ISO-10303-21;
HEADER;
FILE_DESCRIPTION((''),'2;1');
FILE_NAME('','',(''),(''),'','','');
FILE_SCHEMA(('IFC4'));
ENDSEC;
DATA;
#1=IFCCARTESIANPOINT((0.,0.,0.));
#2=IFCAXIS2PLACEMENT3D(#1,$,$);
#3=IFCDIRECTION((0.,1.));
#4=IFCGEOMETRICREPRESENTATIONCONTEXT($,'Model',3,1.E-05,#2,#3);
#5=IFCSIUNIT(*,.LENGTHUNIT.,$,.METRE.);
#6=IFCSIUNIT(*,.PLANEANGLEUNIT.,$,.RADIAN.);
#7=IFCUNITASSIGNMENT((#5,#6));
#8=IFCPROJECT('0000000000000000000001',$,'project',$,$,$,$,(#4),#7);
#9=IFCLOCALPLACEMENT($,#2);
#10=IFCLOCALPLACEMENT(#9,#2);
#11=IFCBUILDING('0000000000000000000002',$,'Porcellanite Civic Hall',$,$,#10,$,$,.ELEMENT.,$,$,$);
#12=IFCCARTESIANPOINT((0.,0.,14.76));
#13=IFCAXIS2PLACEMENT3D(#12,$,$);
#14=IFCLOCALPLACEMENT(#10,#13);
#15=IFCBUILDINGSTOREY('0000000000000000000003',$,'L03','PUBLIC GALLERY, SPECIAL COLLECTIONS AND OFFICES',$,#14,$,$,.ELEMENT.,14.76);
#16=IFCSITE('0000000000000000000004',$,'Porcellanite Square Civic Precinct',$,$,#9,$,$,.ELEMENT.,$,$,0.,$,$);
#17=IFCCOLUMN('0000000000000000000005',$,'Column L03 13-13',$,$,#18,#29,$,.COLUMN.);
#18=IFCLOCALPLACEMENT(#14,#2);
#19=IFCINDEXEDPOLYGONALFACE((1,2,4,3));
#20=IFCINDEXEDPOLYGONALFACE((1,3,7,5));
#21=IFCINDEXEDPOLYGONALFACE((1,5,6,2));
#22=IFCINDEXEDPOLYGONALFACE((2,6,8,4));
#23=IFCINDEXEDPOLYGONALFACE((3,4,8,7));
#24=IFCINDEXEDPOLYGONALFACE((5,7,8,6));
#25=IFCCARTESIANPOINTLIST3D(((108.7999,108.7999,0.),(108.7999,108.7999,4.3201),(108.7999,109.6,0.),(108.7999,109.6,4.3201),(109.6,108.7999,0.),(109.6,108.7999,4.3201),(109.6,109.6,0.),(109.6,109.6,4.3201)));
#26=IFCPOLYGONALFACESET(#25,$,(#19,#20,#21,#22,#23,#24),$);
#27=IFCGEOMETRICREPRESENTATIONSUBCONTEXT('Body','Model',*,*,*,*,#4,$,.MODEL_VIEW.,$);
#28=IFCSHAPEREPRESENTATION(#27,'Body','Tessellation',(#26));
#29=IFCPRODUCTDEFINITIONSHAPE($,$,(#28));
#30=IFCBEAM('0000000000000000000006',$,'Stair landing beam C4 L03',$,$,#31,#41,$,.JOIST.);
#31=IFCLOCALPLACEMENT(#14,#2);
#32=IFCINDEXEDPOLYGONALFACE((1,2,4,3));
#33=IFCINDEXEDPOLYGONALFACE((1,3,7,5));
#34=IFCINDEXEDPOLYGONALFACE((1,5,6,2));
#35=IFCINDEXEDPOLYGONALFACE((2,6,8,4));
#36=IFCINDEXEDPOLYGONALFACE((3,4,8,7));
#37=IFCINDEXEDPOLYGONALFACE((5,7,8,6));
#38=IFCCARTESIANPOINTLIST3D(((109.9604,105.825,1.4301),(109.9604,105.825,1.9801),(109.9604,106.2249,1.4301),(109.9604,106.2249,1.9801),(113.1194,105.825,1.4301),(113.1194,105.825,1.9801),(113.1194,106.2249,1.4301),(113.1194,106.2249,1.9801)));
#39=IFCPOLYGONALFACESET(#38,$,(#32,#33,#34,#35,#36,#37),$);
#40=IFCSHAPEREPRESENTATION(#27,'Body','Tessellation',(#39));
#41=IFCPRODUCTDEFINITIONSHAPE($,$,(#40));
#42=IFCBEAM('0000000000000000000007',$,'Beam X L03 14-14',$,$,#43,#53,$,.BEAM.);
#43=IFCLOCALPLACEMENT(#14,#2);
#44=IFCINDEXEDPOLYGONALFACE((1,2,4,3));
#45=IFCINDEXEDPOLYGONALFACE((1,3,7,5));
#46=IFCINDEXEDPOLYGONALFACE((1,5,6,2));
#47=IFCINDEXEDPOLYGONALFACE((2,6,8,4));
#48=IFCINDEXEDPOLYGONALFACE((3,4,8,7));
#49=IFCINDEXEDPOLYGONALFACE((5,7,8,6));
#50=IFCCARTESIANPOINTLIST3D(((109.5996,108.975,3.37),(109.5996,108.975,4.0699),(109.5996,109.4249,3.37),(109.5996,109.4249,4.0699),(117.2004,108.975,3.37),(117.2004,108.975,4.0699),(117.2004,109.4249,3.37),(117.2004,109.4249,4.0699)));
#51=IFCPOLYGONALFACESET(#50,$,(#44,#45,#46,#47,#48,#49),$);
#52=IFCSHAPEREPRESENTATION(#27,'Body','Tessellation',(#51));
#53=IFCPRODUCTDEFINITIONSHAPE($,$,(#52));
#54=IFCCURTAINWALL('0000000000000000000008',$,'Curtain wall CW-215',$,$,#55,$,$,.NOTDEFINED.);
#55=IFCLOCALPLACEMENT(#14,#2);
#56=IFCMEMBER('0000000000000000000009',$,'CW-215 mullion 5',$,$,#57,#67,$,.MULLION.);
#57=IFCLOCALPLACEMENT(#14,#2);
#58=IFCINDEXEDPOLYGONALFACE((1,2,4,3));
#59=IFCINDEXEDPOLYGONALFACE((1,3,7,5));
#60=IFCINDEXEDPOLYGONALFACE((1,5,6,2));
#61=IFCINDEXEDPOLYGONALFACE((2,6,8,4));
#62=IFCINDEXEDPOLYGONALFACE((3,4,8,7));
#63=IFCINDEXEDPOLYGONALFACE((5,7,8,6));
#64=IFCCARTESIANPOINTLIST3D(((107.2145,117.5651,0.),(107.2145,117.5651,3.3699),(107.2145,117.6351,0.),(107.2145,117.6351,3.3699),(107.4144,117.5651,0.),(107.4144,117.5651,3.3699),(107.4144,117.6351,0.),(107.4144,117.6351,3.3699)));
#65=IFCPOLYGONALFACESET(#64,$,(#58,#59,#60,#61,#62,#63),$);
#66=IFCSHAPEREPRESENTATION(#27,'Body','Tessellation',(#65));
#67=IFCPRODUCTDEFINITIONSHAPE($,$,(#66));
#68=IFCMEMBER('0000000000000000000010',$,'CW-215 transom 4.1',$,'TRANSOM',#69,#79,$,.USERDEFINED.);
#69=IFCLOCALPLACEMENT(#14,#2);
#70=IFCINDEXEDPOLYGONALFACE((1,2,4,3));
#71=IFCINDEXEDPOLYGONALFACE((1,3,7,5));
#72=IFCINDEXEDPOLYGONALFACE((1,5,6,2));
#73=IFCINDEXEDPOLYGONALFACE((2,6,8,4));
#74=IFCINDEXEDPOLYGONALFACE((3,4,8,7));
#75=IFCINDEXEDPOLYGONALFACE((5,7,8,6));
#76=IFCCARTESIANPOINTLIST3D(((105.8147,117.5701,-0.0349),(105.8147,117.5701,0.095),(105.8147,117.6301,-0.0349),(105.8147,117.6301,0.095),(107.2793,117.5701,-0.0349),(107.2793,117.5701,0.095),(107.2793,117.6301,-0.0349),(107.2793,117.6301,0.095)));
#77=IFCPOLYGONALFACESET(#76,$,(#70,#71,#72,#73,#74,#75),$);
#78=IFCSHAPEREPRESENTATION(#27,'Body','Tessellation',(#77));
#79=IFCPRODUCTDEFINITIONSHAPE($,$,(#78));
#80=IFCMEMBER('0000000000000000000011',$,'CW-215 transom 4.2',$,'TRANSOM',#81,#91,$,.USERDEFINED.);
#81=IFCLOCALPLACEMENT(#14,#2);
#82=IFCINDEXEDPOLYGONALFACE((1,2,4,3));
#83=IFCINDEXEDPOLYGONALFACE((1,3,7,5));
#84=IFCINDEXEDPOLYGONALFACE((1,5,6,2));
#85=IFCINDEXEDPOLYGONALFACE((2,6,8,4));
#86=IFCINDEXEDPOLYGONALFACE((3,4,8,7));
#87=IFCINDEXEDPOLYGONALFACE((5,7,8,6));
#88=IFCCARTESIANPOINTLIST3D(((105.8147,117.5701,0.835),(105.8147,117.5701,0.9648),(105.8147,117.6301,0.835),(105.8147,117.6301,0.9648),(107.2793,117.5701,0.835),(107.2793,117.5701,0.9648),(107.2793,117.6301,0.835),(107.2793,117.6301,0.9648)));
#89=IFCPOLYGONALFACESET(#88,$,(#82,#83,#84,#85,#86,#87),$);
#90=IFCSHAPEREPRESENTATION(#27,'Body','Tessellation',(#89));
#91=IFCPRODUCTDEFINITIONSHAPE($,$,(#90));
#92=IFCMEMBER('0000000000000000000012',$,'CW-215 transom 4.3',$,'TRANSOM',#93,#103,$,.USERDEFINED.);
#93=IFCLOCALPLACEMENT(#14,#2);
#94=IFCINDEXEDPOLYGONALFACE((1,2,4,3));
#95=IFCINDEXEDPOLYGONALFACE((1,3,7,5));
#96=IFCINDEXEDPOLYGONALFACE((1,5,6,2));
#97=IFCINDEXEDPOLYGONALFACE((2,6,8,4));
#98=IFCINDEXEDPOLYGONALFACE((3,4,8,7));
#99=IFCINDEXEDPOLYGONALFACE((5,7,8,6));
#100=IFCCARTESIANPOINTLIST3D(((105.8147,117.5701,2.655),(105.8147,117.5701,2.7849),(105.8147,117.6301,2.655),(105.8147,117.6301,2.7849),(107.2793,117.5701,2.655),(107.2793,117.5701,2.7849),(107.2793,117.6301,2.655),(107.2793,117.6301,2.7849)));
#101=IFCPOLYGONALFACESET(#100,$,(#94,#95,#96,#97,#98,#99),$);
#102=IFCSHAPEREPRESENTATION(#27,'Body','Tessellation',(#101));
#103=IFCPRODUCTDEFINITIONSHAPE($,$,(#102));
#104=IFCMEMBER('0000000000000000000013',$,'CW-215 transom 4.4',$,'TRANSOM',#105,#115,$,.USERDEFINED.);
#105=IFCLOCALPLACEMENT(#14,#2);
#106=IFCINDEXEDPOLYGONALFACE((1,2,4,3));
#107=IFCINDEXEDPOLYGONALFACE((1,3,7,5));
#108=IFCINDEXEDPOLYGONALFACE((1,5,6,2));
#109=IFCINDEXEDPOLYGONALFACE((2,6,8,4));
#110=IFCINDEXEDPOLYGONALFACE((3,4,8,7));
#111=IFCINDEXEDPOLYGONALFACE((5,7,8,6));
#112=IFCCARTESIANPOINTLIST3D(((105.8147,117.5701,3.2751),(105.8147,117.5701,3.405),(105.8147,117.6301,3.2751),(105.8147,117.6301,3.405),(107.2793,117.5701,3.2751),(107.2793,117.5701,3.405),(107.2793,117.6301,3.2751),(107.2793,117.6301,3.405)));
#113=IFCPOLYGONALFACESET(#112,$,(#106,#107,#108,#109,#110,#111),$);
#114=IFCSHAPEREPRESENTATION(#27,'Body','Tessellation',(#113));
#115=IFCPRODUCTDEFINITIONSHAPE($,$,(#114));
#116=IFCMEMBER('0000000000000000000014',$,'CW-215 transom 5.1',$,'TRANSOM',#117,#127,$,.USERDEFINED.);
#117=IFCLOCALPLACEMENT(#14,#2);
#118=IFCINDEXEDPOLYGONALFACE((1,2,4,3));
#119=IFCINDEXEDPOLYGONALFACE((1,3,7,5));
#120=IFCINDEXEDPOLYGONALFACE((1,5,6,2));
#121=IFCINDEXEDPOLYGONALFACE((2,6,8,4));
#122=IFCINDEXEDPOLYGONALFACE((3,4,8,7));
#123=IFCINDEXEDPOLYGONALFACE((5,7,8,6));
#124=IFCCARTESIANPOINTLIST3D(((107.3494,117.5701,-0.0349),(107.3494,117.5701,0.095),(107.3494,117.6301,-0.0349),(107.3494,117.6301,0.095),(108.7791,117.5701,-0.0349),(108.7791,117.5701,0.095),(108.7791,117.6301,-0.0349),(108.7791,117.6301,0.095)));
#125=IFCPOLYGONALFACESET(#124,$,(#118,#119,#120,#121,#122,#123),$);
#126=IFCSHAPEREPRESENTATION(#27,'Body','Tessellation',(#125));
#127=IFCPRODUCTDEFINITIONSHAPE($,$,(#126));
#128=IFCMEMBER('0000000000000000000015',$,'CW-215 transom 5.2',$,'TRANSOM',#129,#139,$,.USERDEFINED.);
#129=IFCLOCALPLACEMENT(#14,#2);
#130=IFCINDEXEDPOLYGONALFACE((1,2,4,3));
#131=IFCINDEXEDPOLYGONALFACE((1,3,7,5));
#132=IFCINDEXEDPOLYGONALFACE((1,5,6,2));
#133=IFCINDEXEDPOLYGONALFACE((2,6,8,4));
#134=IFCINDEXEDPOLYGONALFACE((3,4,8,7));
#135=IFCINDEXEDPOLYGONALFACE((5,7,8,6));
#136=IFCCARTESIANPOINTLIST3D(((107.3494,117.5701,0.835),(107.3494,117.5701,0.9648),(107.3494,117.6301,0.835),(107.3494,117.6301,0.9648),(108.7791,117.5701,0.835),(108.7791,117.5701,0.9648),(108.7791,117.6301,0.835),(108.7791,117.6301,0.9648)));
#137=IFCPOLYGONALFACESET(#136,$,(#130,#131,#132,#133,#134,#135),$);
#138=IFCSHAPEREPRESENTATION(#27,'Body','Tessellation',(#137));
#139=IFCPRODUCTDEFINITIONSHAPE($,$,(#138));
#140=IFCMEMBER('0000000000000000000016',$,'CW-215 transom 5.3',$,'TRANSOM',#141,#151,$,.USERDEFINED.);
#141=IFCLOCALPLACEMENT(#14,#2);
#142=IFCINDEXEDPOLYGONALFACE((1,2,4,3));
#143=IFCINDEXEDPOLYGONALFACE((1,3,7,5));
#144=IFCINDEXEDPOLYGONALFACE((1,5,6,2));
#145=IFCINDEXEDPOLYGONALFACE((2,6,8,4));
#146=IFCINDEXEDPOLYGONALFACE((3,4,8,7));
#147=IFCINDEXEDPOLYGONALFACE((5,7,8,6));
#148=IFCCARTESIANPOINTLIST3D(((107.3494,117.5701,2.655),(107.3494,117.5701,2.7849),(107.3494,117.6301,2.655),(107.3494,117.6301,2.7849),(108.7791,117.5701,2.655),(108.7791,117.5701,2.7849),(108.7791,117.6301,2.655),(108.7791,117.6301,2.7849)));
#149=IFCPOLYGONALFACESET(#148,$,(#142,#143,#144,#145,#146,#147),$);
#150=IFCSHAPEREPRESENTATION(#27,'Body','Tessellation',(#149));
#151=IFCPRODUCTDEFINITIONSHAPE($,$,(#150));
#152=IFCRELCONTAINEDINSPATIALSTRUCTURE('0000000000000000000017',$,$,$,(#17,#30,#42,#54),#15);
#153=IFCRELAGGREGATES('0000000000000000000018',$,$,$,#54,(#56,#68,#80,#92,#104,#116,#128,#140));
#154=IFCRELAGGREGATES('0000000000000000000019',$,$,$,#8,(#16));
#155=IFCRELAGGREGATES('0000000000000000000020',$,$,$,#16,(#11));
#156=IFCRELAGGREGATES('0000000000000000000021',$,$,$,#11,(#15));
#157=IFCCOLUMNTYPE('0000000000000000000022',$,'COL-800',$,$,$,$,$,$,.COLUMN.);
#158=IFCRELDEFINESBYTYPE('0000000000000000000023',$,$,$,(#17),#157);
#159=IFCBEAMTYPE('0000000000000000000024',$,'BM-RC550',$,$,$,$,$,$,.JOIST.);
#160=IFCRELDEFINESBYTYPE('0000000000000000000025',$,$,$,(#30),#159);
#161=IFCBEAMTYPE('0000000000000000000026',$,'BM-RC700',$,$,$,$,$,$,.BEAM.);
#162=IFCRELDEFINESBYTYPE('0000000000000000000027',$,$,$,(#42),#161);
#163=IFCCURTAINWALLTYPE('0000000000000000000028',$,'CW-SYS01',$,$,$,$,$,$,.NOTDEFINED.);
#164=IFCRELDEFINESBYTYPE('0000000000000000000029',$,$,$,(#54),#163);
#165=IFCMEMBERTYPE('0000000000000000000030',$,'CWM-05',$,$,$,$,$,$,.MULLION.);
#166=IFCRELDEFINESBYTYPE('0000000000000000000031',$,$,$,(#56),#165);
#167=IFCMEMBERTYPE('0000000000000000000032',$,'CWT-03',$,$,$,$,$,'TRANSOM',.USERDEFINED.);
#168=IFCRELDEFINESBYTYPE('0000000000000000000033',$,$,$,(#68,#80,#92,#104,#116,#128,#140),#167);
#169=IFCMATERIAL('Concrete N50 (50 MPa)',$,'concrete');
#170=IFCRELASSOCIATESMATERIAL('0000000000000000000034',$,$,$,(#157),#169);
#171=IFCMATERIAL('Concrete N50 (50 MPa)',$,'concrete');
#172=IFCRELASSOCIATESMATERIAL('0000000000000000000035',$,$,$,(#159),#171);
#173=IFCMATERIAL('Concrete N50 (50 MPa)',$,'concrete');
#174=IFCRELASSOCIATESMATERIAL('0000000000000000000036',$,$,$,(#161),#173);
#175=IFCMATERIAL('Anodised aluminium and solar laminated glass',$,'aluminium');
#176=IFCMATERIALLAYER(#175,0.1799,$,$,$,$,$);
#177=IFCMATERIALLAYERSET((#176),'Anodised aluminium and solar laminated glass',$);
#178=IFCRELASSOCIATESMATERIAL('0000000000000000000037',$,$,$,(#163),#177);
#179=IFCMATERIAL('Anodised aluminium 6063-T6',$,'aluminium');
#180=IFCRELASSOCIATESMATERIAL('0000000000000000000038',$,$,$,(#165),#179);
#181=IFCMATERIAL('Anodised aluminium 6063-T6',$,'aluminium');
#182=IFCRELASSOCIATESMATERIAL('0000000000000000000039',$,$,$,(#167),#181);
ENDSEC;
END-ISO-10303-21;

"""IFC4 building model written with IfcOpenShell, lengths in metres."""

from ifc_helpers import new_model, si_unit, direction, frame, origin, origin_2d, place, context, subcontext, project, spatial, rectangle, extrude, material, layer, layer_set, material_profile, profile_set, type_object, element, aggregate, save


model = new_model("IFC4")

# Units and contexts
model_context = context("Model", 3, precision=1e-05, world=origin(), true_north=direction((0.0, 1.0)))
body_context = subcontext(model_context, "Body", "Model", "MODEL_VIEW")
ifc_project = project(units=[si_unit("LENGTHUNIT", "METRE"), si_unit("PLANEANGLEUNIT", "RADIAN")], contexts=[model_context])

# Site, building, storey
site_placement = place(None, origin())
site = spatial("IfcSite", under=ifc_project, at=site_placement, Name="Porcellanite Square Civic Precinct", CompositionType="ELEMENT", RefElevation=0.0)
building_placement = place(site_placement, origin())
building = spatial("IfcBuilding", under=site, at=building_placement, Name="Porcellanite Civic Hall", CompositionType="ELEMENT")
storey_placement = place(building_placement, frame((0.0, 0.0, 14.76)))
storey = spatial("IfcBuildingStorey", under=building, at=storey_placement, Name="L03", Description="PUBLIC GALLERY, SPECIAL COLLECTIONS AND OFFICES", CompositionType="ELEMENT", Elevation=14.76)

# Column
ifc_material_1 = material(Name="Concrete N50 (50 MPa)", Category="concrete")
ifc_material_profile_1 = material_profile(ifc_material_1, rectangle(XDim=0.8, YDim=0.8, at=origin_2d()), Name="RC-800x800")
ifc_profile_set_1 = profile_set([ifc_material_profile_1], Name="Concrete N50 (50 MPa)")
column_type = type_object("IfcColumnType", Name="COL-800", PredefinedType="COLUMN", material=ifc_profile_set_1)
column_placement = place(storey_placement, frame((109.2, 109.2, 0.0), z_axis=(0.0, 0.0, 1.0), x_axis=(1.0, 0.0, 0.0)))
element("IfcColumn", 1, at=column_placement, inside=storey, type_object=column_type, Name="Column L03 13-13", PredefinedType="COLUMN", context=body_context, shape_type="SweptSolid", body=[
    extrude(rectangle(XDim=0.8, YDim=0.8, at=origin_2d()), origin(), (0.0, 0.0, 1.0), 4.3201),
])

# Beams
ifc_material_2 = material(Name="Concrete N50 (50 MPa)", Category="concrete")
ifc_material_profile_2 = material_profile(ifc_material_2, rectangle(XDim=0.3999, YDim=0.55, at=origin_2d()), Name="RC-400x550")
ifc_profile_set_2 = profile_set([ifc_material_profile_2], Name="Concrete N50 (50 MPa)")
beam_type_1 = type_object("IfcBeamType", Name="BM-RC550", PredefinedType="JOIST", material=ifc_profile_set_2)
beam_1_placement = place(storey_placement, frame((109.9604, 106.0249, 1.7051), z_axis=(1.0, 0.0, 0.0), x_axis=(0.0, 1.0, 0.0)))
element("IfcBeam", 2, at=beam_1_placement, inside=storey, type_object=beam_type_1, Name="Stair landing beam C4 L03", PredefinedType="JOIST", context=body_context, shape_type="SweptSolid", body=[
    extrude(rectangle(XDim=0.3999, YDim=0.55, at=origin_2d()), origin(), (0.0, 0.0, 1.0), 3.1589),
])
ifc_material_3 = material(Name="Concrete N50 (50 MPa)", Category="concrete")
ifc_material_profile_3 = material_profile(ifc_material_3, rectangle(XDim=0.45, YDim=0.7, at=origin_2d()), Name="RC-450x700")
ifc_profile_set_3 = profile_set([ifc_material_profile_3], Name="Concrete N50 (50 MPa)")
beam_type_2 = type_object("IfcBeamType", Name="BM-RC700", PredefinedType="BEAM", material=ifc_profile_set_3)
beam_2_placement = place(storey_placement, frame((109.5996, 109.2, 3.72), z_axis=(1.0, 0.0, 0.0), x_axis=(0.0, 1.0, 0.0)))
element("IfcBeam", 3, at=beam_2_placement, inside=storey, type_object=beam_type_2, Name="Beam X L03 14-14", PredefinedType="BEAM", context=body_context, shape_type="SweptSolid", body=[
    extrude(rectangle(XDim=0.45, YDim=0.7, at=origin_2d()), origin(), (0.0, 0.0, 1.0), 7.6008),
])

# Curtain wall, members
ifc_material_4 = material(Name="Anodised aluminium and solar laminated glass", Category="aluminium")
ifc_layer_1 = layer(ifc_material_4, 0.1799)
ifc_layer_set_1 = layer_set([ifc_layer_1], Name="Anodised aluminium and solar laminated glass")
curtain_wall_type = type_object("IfcCurtainWallType", Name="CW-SYS01", PredefinedType="NOTDEFINED", material=ifc_layer_set_1)
curtain_wall_placement = place(storey_placement, origin())
curtain_wall = element("IfcCurtainWall", 4, at=curtain_wall_placement, inside=storey, type_object=curtain_wall_type, Name="Curtain wall CW-215", PredefinedType="NOTDEFINED")
ifc_material_5 = material(Name="Anodised aluminium 6063-T6", Category="aluminium")
ifc_material_profile_4 = material_profile(ifc_material_5, rectangle(XDim=0.0701, YDim=0.2, at=origin_2d()), Name="AL-70x200")
ifc_profile_set_4 = profile_set([ifc_material_profile_4], Name="Anodised aluminium 6063-T6")
member_type_1 = type_object("IfcMemberType", Name="CWM-05", PredefinedType="MULLION", material=ifc_profile_set_4)
member_1_placement = place(storey_placement, frame((107.3145, 117.6001, 0.0), z_axis=(0.0, 0.0, 1.0), x_axis=(0.0, 1.0, 0.0)))
member_1 = element("IfcMember", 5, at=member_1_placement, type_object=member_type_1, Name="CW-215 mullion 5", PredefinedType="MULLION", context=body_context, shape_type="SweptSolid", body=[
    extrude(rectangle(XDim=0.0701, YDim=0.2, at=origin_2d()), origin(), (0.0, 0.0, 1.0), 3.3699),
])
ifc_material_6 = material(Name="Anodised aluminium 6063-T6", Category="aluminium")
ifc_material_profile_5 = material_profile(ifc_material_6, rectangle(XDim=0.0601, YDim=0.1299, at=origin_2d()), Name="AL-60x130")
ifc_profile_set_5 = profile_set([ifc_material_profile_5], Name="Anodised aluminium 6063-T6")
member_type_2 = type_object("IfcMemberType", Name="CWT-03", ElementType="TRANSOM", PredefinedType="USERDEFINED", material=ifc_profile_set_5)
member_2_placement = place(storey_placement, frame((105.8147, 117.6001, 0.03), z_axis=(1.0, 0.0, 0.0), x_axis=(0.0, 1.0, 0.0)))
member_2 = element("IfcMember", 6, at=member_2_placement, type_object=member_type_2, Name="CW-215 transom 4.1", ObjectType="TRANSOM", PredefinedType="USERDEFINED", context=body_context, shape_type="SweptSolid", body=[
    extrude(rectangle(XDim=0.0601, YDim=0.1299, at=origin_2d()), origin(), (0.0, 0.0, 1.0), 1.4646),
])
member_3_placement = place(storey_placement, frame((105.8147, 117.6001, 0.8999), z_axis=(1.0, 0.0, 0.0), x_axis=(0.0, 1.0, 0.0)))
member_3 = element("IfcMember", 7, at=member_3_placement, type_object=member_type_2, Name="CW-215 transom 4.2", ObjectType="TRANSOM", PredefinedType="USERDEFINED", context=body_context, shape_type="SweptSolid", body=[
    extrude(rectangle(XDim=0.0601, YDim=0.1299, at=origin_2d()), origin(), (0.0, 0.0, 1.0), 1.4646),
])
member_4_placement = place(storey_placement, frame((105.8147, 117.6001, 2.72), z_axis=(1.0, 0.0, 0.0), x_axis=(0.0, 1.0, 0.0)))
member_4 = element("IfcMember", 8, at=member_4_placement, type_object=member_type_2, Name="CW-215 transom 4.3", ObjectType="TRANSOM", PredefinedType="USERDEFINED", context=body_context, shape_type="SweptSolid", body=[
    extrude(rectangle(XDim=0.0601, YDim=0.1299, at=origin_2d()), origin(), (0.0, 0.0, 1.0), 1.4646),
])
member_5_placement = place(storey_placement, frame((105.8147, 117.6001, 3.3401), z_axis=(1.0, 0.0, 0.0), x_axis=(0.0, 1.0, 0.0)))
member_5 = element("IfcMember", 9, at=member_5_placement, type_object=member_type_2, Name="CW-215 transom 4.4", ObjectType="TRANSOM", PredefinedType="USERDEFINED", context=body_context, shape_type="SweptSolid", body=[
    extrude(rectangle(XDim=0.0601, YDim=0.1299, at=origin_2d()), origin(), (0.0, 0.0, 1.0), 1.4646),
])
member_6_placement = place(storey_placement, frame((107.3494, 117.6001, 0.03), z_axis=(1.0, 0.0, 0.0), x_axis=(0.0, 1.0, 0.0)))
member_6 = element("IfcMember", 10, at=member_6_placement, type_object=member_type_2, Name="CW-215 transom 5.1", ObjectType="TRANSOM", PredefinedType="USERDEFINED", context=body_context, shape_type="SweptSolid", body=[
    extrude(rectangle(XDim=0.0601, YDim=0.1299, at=origin_2d()), origin(), (0.0, 0.0, 1.0), 1.4297),
])
member_7_placement = place(storey_placement, frame((107.3494, 117.6001, 0.8999), z_axis=(1.0, 0.0, 0.0), x_axis=(0.0, 1.0, 0.0)))
member_7 = element("IfcMember", 11, at=member_7_placement, type_object=member_type_2, Name="CW-215 transom 5.2", ObjectType="TRANSOM", PredefinedType="USERDEFINED", context=body_context, shape_type="SweptSolid", body=[
    extrude(rectangle(XDim=0.0601, YDim=0.1299, at=origin_2d()), origin(), (0.0, 0.0, 1.0), 1.4297),
])
member_8_placement = place(storey_placement, frame((107.3494, 117.6001, 2.72), z_axis=(1.0, 0.0, 0.0), x_axis=(0.0, 1.0, 0.0)))
member_8 = element("IfcMember", 12, at=member_8_placement, type_object=member_type_2, Name="CW-215 transom 5.3", ObjectType="TRANSOM", PredefinedType="USERDEFINED", context=body_context, shape_type="SweptSolid", body=[
    extrude(rectangle(XDim=0.0601, YDim=0.1299, at=origin_2d()), origin(), (0.0, 0.0, 1.0), 1.4297),
])

aggregate(curtain_wall, [member_1, member_2, member_3, member_4, member_5, member_6, member_7, member_8])

save(model, "model.ifc")
